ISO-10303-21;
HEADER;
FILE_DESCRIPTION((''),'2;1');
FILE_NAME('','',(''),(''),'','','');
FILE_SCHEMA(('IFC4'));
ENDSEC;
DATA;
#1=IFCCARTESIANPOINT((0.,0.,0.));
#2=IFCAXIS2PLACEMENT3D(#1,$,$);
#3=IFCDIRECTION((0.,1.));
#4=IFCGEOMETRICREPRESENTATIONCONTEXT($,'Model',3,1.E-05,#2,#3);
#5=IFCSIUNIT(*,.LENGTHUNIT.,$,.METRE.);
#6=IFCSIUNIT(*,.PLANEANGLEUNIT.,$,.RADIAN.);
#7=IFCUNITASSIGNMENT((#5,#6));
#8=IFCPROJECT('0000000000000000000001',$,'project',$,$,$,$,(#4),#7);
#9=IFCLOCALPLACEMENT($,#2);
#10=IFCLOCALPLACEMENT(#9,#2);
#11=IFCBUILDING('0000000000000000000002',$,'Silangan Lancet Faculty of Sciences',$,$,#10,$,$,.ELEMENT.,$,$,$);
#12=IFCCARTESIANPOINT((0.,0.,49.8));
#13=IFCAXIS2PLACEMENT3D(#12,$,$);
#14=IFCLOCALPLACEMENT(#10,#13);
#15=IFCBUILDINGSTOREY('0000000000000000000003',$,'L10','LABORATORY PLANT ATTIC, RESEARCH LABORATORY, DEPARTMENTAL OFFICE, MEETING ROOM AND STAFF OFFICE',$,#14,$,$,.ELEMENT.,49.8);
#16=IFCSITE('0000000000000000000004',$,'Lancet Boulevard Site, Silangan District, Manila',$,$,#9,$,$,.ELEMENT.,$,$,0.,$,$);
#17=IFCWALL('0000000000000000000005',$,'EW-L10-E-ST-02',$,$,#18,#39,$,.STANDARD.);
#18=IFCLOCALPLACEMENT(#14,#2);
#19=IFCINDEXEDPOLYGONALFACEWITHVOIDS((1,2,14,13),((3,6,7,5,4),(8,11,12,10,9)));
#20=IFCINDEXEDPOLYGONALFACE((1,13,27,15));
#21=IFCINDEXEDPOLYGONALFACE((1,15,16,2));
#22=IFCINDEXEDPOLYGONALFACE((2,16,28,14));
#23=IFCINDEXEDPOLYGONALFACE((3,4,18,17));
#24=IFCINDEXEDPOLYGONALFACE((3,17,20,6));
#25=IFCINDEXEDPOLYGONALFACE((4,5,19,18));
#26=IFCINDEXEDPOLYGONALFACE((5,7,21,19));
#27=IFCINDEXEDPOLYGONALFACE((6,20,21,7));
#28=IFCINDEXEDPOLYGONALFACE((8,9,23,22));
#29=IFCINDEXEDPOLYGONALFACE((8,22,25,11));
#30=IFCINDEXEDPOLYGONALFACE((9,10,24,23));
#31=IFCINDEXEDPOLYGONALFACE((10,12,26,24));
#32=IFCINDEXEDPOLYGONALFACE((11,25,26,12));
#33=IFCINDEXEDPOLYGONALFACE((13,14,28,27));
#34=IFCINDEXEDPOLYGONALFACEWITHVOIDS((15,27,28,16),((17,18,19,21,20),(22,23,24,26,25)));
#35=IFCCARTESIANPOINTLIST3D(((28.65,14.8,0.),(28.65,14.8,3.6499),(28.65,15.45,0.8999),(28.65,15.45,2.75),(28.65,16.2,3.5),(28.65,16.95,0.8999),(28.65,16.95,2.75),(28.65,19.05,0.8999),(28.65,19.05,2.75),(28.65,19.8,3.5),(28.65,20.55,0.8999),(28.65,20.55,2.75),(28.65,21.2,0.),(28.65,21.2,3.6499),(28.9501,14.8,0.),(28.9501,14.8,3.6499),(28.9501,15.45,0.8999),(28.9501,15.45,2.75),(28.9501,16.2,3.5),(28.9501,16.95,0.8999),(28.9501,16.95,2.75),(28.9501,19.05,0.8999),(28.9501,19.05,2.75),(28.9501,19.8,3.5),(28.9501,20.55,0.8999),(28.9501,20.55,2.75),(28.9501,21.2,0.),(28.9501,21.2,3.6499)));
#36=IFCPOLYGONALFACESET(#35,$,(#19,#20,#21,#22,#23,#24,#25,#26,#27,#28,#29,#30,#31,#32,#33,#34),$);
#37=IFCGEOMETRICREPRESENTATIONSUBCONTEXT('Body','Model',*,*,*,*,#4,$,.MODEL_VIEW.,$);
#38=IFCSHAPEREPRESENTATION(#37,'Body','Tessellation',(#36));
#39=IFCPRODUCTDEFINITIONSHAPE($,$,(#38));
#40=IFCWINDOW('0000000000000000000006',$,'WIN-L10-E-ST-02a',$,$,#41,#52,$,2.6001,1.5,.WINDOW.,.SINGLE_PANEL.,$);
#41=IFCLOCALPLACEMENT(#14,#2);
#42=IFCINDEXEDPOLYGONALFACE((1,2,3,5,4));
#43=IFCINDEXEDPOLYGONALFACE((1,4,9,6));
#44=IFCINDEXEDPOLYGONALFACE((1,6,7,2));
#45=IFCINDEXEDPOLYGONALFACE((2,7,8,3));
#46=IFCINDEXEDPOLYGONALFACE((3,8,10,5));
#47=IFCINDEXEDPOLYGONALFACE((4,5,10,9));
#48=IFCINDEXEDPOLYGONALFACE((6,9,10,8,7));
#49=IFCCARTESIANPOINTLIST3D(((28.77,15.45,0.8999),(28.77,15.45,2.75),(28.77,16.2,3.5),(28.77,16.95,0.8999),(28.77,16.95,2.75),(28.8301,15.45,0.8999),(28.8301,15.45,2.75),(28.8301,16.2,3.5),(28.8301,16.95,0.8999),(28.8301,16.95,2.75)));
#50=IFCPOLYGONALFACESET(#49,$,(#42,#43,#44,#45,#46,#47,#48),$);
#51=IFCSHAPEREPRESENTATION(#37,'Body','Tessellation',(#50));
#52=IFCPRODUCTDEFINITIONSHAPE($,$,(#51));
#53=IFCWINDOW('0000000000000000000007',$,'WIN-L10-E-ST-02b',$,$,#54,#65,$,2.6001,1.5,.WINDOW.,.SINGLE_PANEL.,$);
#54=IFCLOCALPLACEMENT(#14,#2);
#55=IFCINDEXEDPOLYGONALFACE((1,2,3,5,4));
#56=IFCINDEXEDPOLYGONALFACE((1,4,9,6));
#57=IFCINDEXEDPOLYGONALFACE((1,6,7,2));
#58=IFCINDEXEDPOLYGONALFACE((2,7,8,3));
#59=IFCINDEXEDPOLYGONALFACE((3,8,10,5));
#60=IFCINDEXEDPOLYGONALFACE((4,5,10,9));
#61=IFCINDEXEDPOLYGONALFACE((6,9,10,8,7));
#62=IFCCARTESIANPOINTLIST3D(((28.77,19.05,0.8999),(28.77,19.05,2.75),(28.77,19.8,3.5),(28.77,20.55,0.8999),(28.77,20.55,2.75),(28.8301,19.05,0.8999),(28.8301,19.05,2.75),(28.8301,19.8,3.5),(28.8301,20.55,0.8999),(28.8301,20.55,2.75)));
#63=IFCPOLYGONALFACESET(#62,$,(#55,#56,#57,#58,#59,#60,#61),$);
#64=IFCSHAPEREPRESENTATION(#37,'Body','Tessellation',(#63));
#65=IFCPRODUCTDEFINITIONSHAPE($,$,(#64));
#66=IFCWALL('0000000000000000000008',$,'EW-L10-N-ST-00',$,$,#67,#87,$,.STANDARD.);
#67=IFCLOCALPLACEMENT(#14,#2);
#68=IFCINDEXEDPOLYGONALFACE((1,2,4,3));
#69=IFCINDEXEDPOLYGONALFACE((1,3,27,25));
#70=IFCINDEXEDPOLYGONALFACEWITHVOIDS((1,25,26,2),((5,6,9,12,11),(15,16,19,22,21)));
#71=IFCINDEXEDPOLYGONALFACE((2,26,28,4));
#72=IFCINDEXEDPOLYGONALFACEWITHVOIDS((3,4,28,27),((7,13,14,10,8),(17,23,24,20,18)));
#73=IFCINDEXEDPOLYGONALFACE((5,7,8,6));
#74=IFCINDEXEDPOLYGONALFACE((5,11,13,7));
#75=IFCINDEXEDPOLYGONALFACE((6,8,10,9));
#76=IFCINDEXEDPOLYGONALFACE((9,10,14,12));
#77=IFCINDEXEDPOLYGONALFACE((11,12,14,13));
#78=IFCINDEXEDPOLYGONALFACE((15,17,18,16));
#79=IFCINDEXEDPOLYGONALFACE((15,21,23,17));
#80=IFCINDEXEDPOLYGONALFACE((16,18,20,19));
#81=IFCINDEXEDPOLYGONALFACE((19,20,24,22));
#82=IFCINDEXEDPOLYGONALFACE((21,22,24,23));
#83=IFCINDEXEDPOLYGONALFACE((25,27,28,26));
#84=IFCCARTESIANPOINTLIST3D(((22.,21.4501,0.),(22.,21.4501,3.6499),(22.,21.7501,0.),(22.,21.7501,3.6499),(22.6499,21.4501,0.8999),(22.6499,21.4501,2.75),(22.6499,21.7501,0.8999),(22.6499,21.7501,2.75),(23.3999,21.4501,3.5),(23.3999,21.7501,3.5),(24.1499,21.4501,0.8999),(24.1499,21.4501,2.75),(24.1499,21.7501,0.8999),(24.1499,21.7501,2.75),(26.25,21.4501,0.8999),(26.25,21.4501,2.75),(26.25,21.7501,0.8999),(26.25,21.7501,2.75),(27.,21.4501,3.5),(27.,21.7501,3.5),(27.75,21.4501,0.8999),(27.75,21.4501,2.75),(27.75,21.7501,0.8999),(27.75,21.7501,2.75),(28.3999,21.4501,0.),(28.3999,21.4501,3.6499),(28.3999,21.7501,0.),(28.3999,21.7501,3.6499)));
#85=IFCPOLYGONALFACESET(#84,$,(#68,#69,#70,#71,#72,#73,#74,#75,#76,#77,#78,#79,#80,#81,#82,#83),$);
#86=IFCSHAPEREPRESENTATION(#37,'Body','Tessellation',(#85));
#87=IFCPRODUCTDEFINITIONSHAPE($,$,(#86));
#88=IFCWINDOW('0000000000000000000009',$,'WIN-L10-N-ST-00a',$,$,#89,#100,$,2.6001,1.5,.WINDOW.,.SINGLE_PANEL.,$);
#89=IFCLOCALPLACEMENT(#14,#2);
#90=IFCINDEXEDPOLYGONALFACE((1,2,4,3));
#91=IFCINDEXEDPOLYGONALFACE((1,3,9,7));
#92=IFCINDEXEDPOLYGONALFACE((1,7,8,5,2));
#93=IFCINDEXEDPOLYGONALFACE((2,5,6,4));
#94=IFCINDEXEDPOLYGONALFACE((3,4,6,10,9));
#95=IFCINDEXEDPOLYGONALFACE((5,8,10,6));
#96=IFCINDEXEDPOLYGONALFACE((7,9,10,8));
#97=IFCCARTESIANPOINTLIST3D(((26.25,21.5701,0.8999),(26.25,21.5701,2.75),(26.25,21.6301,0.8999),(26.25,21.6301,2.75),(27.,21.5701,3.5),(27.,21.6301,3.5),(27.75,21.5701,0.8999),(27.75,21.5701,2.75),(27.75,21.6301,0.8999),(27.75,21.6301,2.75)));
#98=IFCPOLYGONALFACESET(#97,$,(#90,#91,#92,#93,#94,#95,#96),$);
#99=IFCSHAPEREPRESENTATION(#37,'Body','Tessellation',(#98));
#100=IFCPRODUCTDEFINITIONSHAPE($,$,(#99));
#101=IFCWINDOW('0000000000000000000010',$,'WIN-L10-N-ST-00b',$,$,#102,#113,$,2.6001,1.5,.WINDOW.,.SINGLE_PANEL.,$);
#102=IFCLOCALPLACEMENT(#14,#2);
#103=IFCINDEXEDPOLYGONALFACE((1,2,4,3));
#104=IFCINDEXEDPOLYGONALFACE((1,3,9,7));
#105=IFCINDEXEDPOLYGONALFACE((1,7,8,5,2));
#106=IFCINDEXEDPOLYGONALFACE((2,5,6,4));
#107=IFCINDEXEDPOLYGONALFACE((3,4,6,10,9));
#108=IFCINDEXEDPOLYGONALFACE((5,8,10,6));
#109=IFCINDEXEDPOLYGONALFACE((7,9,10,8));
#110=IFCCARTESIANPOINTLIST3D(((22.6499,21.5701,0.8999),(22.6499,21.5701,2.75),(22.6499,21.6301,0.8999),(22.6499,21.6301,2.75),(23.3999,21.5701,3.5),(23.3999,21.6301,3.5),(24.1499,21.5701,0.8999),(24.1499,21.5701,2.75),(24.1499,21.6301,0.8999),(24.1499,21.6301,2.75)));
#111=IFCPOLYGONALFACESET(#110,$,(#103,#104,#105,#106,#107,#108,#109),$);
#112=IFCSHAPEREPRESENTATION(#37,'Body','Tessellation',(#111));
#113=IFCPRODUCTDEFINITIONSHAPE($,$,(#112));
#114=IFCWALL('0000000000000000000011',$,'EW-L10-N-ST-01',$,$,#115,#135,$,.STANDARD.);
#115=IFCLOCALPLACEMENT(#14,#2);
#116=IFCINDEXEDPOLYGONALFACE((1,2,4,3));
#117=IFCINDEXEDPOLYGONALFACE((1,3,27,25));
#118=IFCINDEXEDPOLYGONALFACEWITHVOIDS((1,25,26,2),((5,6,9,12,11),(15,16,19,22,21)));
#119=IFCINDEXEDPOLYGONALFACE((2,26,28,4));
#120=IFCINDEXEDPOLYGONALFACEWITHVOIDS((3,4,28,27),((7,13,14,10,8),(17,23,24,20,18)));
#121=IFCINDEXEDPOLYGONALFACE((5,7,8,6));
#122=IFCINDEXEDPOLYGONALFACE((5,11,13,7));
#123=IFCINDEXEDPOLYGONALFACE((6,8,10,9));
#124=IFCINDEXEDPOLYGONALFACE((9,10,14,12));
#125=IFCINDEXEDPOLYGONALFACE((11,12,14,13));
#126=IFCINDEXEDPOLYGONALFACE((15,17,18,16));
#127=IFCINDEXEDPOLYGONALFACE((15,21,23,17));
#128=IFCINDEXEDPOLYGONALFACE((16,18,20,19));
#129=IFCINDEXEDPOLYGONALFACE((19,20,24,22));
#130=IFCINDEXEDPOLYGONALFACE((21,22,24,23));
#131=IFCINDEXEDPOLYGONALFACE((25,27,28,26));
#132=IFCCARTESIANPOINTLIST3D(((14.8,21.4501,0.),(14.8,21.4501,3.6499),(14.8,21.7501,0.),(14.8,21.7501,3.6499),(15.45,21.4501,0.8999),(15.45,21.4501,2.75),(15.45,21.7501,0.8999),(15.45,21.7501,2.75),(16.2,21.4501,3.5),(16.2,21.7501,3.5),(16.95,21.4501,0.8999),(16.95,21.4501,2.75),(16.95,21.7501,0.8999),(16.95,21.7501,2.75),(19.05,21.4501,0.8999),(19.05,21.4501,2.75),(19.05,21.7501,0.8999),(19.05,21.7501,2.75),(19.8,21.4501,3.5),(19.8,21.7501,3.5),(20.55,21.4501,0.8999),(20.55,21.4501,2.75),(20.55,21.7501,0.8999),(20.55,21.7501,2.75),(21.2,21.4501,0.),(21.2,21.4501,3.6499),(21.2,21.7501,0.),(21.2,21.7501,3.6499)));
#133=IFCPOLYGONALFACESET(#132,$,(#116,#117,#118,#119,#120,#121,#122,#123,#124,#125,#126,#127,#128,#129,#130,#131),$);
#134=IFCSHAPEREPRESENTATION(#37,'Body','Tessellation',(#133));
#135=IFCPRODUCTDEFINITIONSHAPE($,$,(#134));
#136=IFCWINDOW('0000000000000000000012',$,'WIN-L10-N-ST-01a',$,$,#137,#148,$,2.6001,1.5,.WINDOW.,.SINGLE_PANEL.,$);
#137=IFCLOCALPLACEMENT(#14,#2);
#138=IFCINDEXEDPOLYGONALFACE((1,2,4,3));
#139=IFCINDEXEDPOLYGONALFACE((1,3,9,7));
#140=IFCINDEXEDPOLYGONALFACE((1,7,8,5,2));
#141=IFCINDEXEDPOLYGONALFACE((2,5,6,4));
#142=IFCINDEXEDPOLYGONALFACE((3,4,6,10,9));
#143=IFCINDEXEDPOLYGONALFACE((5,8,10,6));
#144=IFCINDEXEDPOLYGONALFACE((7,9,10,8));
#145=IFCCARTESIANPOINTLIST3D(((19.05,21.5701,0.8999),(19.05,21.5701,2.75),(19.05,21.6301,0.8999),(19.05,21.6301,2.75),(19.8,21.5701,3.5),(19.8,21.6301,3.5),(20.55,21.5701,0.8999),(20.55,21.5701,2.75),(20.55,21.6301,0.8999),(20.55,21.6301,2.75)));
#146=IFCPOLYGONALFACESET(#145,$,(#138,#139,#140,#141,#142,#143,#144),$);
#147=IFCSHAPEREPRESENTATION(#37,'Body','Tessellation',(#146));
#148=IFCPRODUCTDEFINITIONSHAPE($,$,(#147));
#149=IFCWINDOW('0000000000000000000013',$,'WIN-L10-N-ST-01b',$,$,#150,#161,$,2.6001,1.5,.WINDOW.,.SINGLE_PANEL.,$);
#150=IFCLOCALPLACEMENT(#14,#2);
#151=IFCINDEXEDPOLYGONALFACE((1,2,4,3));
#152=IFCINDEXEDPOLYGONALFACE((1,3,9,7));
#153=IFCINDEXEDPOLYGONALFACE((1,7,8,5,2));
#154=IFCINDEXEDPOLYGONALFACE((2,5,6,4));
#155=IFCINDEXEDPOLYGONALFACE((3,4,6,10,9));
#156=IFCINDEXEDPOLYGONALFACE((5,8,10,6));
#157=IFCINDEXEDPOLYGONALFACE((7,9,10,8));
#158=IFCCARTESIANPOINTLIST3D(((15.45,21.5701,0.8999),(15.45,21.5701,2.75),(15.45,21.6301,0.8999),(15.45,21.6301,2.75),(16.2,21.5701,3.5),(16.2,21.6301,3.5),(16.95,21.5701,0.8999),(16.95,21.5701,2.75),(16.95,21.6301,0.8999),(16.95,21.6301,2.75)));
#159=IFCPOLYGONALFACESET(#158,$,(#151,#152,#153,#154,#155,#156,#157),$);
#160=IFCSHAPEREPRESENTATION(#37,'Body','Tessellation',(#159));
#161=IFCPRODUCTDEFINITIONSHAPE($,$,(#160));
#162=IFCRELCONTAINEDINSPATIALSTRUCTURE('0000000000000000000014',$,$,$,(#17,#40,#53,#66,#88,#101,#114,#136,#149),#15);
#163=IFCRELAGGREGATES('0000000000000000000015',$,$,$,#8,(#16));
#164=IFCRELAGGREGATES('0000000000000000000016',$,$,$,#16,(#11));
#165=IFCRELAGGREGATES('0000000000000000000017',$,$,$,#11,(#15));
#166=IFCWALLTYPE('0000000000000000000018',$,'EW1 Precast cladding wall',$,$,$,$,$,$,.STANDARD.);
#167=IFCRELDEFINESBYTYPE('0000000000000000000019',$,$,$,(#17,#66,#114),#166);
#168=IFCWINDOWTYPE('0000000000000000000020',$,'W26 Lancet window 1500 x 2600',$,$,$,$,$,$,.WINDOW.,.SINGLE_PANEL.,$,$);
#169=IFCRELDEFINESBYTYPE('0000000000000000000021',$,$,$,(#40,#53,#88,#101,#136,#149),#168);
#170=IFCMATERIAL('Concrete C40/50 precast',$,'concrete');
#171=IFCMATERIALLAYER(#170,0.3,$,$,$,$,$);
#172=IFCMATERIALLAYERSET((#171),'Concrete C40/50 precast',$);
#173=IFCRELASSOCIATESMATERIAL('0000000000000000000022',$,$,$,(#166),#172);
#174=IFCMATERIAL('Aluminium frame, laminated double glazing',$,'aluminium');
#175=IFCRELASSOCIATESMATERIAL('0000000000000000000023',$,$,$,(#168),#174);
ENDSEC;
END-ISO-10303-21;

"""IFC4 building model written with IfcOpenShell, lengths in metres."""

from ifc_helpers import new_model, si_unit, direction, frame, frame_2d, origin, place, context, subcontext, project, spatial, polyline, rectangle, outline, extrude, material, layer, layer_set, type_object, element, fill, save


model = new_model("IFC4")

# Units and contexts
model_context = context("Model", 3, precision=1e-05, world=origin(), true_north=direction((0.0, 1.0)))
body_context = subcontext(model_context, "Body", "Model", "MODEL_VIEW")
ifc_project = project(units=[si_unit("LENGTHUNIT", "METRE"), si_unit("PLANEANGLEUNIT", "RADIAN")], contexts=[model_context])

# Site, building, storey
site_placement = place(None, origin())
site = spatial("IfcSite", under=ifc_project, at=site_placement, Name="Lancet Boulevard Site, Silangan District, Manila", CompositionType="ELEMENT", RefElevation=0.0)
building_placement = place(site_placement, origin())
building = spatial("IfcBuilding", under=site, at=building_placement, Name="Silangan Lancet Faculty of Sciences", CompositionType="ELEMENT")
storey_placement = place(building_placement, frame((0.0, 0.0, 49.8)))
storey = spatial("IfcBuildingStorey", under=building, at=storey_placement, Name="L10", Description="LABORATORY PLANT ATTIC, RESEARCH LABORATORY, DEPARTMENTAL OFFICE, MEETING ROOM AND STAFF OFFICE", CompositionType="ELEMENT", Elevation=49.8)

# Walls, openings, windows
ifc_material_1 = material(Name="Concrete C40/50 precast", Category="concrete")
ifc_layer_1 = layer(ifc_material_1, 0.3)
ifc_layer_set_1 = layer_set([ifc_layer_1], Name="Concrete C40/50 precast")
wall_type_1 = type_object("IfcWallType", Name="EW1 Precast cladding wall", PredefinedType="STANDARD", material=ifc_layer_set_1)
wall_1_placement = place(storey_placement, frame((28.8, 14.8, 0.0), z_axis=(0.0, 0.0, 1.0), x_axis=(0.0, 1.0, 0.0)))
wall_1 = element("IfcWall", 1, at=wall_1_placement, inside=storey, type_object=wall_type_1, Name="EW-L10-E-ST-02", PredefinedType="STANDARD", context=body_context, shape_type="SweptSolid", body=[
    extrude(rectangle(XDim=6.3999, YDim=0.3, at=frame_2d((3.2, 0.0))), origin(), (0.0, 0.0, 1.0), 3.6499),
])
opening_1_placement = place(wall_1_placement, frame((0.6499, 0.0, 0.8999)))
opening_1 = element("IfcOpeningElement", 2, at=opening_1_placement, cuts=wall_1, PredefinedType="OPENING", context=body_context, shape_type="SweptSolid", body=[
    extrude(outline(polyline([(0.0, 0.0), (1.5, 0.0), (1.5, 1.8501), (0.75, 2.6001), (0.0, 1.8501), (0.0, 0.0)])), frame((0.0, 0.1599, 0.0), z_axis=(0.0, -1.0, 0.0), x_axis=(1.0, 0.0, 0.0)), (0.0, 0.0, 1.0), 0.3201),
])
opening_2_placement = place(wall_1_placement, frame((4.25, 0.0, 0.8999)))
opening_2 = element("IfcOpeningElement", 3, at=opening_2_placement, cuts=wall_1, PredefinedType="OPENING", context=body_context, shape_type="SweptSolid", body=[
    extrude(outline(polyline([(0.0, 0.0), (1.5, 0.0), (1.5, 1.8501), (0.75, 2.6001), (0.0, 1.8501), (0.0, 0.0)])), frame((0.0, 0.1599, 0.0), z_axis=(0.0, -1.0, 0.0), x_axis=(1.0, 0.0, 0.0)), (0.0, 0.0, 1.0), 0.3201),
])
ifc_material_2 = material(Name="Aluminium frame, laminated double glazing", Category="aluminium")
window_type = type_object("IfcWindowType", Name="W26 Lancet window 1500 x 2600", PartitioningType="SINGLE_PANEL", PredefinedType="WINDOW", material=ifc_material_2)
window_1_placement = place(opening_1_placement, origin())
window_1 = element("IfcWindow", 4, at=window_1_placement, inside=storey, type_object=window_type, Name="WIN-L10-E-ST-02a", OverallHeight=2.6001, OverallWidth=1.5, PartitioningType="SINGLE_PANEL", PredefinedType="WINDOW", context=body_context, shape_type="SweptSolid", body=[
    extrude(outline(polyline([(0.0, 0.0), (1.5, 0.0), (1.5, 1.8501), (0.75, 2.6001), (0.0, 1.8501), (0.0, 0.0)])), frame((0.0, 0.03, 0.0), z_axis=(0.0, -1.0, 0.0), x_axis=(1.0, 0.0, 0.0)), (0.0, 0.0, 1.0), 0.0601),
])
fill(opening_1, window_1)
window_2_placement = place(opening_2_placement, origin())
window_2 = element("IfcWindow", 5, at=window_2_placement, inside=storey, type_object=window_type, Name="WIN-L10-E-ST-02b", OverallHeight=2.6001, OverallWidth=1.5, PartitioningType="SINGLE_PANEL", PredefinedType="WINDOW", context=body_context, shape_type="SweptSolid", body=[
    extrude(outline(polyline([(0.0, 0.0), (1.5, 0.0), (1.5, 1.8501), (0.75, 2.6001), (0.0, 1.8501), (0.0, 0.0)])), frame((0.0, 0.03, 0.0), z_axis=(0.0, -1.0, 0.0), x_axis=(1.0, 0.0, 0.0)), (0.0, 0.0, 1.0), 0.0601),
])
fill(opening_2, window_2)
wall_2_placement = place(storey_placement, frame((28.3999, 21.6001, 0.0), z_axis=(0.0, 0.0, 1.0), x_axis=(-1.0, 0.0, 0.0)))
wall_2 = element("IfcWall", 6, at=wall_2_placement, inside=storey, type_object=wall_type_1, Name="EW-L10-N-ST-00", PredefinedType="STANDARD", context=body_context, shape_type="SweptSolid", body=[
    extrude(rectangle(XDim=6.3999, YDim=0.3, at=frame_2d((3.2, 0.0))), origin(), (0.0, 0.0, 1.0), 3.6499),
])
opening_3_placement = place(wall_2_placement, frame((0.6499, 0.0, 0.8999)))
opening_3 = element("IfcOpeningElement", 7, at=opening_3_placement, cuts=wall_2, PredefinedType="OPENING", context=body_context, shape_type="SweptSolid", body=[
    extrude(outline(polyline([(0.0, 0.0), (1.5, 0.0), (1.5, 1.8501), (0.75, 2.6001), (0.0, 1.8501), (0.0, 0.0)])), frame((0.0, 0.1599, 0.0), z_axis=(0.0, -1.0, 0.0), x_axis=(1.0, 0.0, 0.0)), (0.0, 0.0, 1.0), 0.3201),
])
opening_4_placement = place(wall_2_placement, frame((4.25, 0.0, 0.8999)))
opening_4 = element("IfcOpeningElement", 8, at=opening_4_placement, cuts=wall_2, PredefinedType="OPENING", context=body_context, shape_type="SweptSolid", body=[
    extrude(outline(polyline([(0.0, 0.0), (1.5, 0.0), (1.5, 1.8501), (0.75, 2.6001), (0.0, 1.8501), (0.0, 0.0)])), frame((0.0, 0.1599, 0.0), z_axis=(0.0, -1.0, 0.0), x_axis=(1.0, 0.0, 0.0)), (0.0, 0.0, 1.0), 0.3201),
])
window_3_placement = place(opening_3_placement, origin())
window_3 = element("IfcWindow", 9, at=window_3_placement, inside=storey, type_object=window_type, Name="WIN-L10-N-ST-00a", OverallHeight=2.6001, OverallWidth=1.5, PartitioningType="SINGLE_PANEL", PredefinedType="WINDOW", context=body_context, shape_type="SweptSolid", body=[
    extrude(outline(polyline([(0.0, 0.0), (1.5, 0.0), (1.5, 1.8501), (0.75, 2.6001), (0.0, 1.8501), (0.0, 0.0)])), frame((0.0, 0.03, 0.0), z_axis=(0.0, -1.0, 0.0), x_axis=(1.0, 0.0, 0.0)), (0.0, 0.0, 1.0), 0.0601),
])
fill(opening_3, window_3)
window_4_placement = place(opening_4_placement, origin())
window_4 = element("IfcWindow", 10, at=window_4_placement, inside=storey, type_object=window_type, Name="WIN-L10-N-ST-00b", OverallHeight=2.6001, OverallWidth=1.5, PartitioningType="SINGLE_PANEL", PredefinedType="WINDOW", context=body_context, shape_type="SweptSolid", body=[
    extrude(outline(polyline([(0.0, 0.0), (1.5, 0.0), (1.5, 1.8501), (0.75, 2.6001), (0.0, 1.8501), (0.0, 0.0)])), frame((0.0, 0.03, 0.0), z_axis=(0.0, -1.0, 0.0), x_axis=(1.0, 0.0, 0.0)), (0.0, 0.0, 1.0), 0.0601),
])
fill(opening_4, window_4)
wall_3_placement = place(storey_placement, frame((21.2, 21.6001, 0.0), z_axis=(0.0, 0.0, 1.0), x_axis=(-1.0, 0.0, 0.0)))
wall_3 = element("IfcWall", 11, at=wall_3_placement, inside=storey, type_object=wall_type_1, Name="EW-L10-N-ST-01", PredefinedType="STANDARD", context=body_context, shape_type="SweptSolid", body=[
    extrude(rectangle(XDim=6.3999, YDim=0.3, at=frame_2d((3.2, 0.0))), origin(), (0.0, 0.0, 1.0), 3.6499),
])
opening_5_placement = place(wall_3_placement, frame((0.6499, 0.0, 0.8999)))
opening_5 = element("IfcOpeningElement", 12, at=opening_5_placement, cuts=wall_3, PredefinedType="OPENING", context=body_context, shape_type="SweptSolid", body=[
    extrude(outline(polyline([(0.0, 0.0), (1.5, 0.0), (1.5, 1.8501), (0.75, 2.6001), (0.0, 1.8501), (0.0, 0.0)])), frame((0.0, 0.1599, 0.0), z_axis=(0.0, -1.0, 0.0), x_axis=(1.0, 0.0, 0.0)), (0.0, 0.0, 1.0), 0.3201),
])
opening_6_placement = place(wall_3_placement, frame((4.25, 0.0, 0.8999)))
opening_6 = element("IfcOpeningElement", 13, at=opening_6_placement, cuts=wall_3, PredefinedType="OPENING", context=body_context, shape_type="SweptSolid", body=[
    extrude(outline(polyline([(0.0, 0.0), (1.5, 0.0), (1.5, 1.8501), (0.75, 2.6001), (0.0, 1.8501), (0.0, 0.0)])), frame((0.0, 0.1599, 0.0), z_axis=(0.0, -1.0, 0.0), x_axis=(1.0, 0.0, 0.0)), (0.0, 0.0, 1.0), 0.3201),
])
window_5_placement = place(opening_5_placement, origin())
window_5 = element("IfcWindow", 14, at=window_5_placement, inside=storey, type_object=window_type, Name="WIN-L10-N-ST-01a", OverallHeight=2.6001, OverallWidth=1.5, PartitioningType="SINGLE_PANEL", PredefinedType="WINDOW", context=body_context, shape_type="SweptSolid", body=[
    extrude(outline(polyline([(0.0, 0.0), (1.5, 0.0), (1.5, 1.8501), (0.75, 2.6001), (0.0, 1.8501), (0.0, 0.0)])), frame((0.0, 0.03, 0.0), z_axis=(0.0, -1.0, 0.0), x_axis=(1.0, 0.0, 0.0)), (0.0, 0.0, 1.0), 0.0601),
])
fill(opening_5, window_5)
window_6_placement = place(opening_6_placement, origin())
window_6 = element("IfcWindow", 15, at=window_6_placement, inside=storey, type_object=window_type, Name="WIN-L10-N-ST-01b", OverallHeight=2.6001, OverallWidth=1.5, PartitioningType="SINGLE_PANEL", PredefinedType="WINDOW", context=body_context, shape_type="SweptSolid", body=[
    extrude(outline(polyline([(0.0, 0.0), (1.5, 0.0), (1.5, 1.8501), (0.75, 2.6001), (0.0, 1.8501), (0.0, 0.0)])), frame((0.0, 0.03, 0.0), z_axis=(0.0, -1.0, 0.0), x_axis=(1.0, 0.0, 0.0)), (0.0, 0.0, 1.0), 0.0601),
])
fill(opening_6, window_6)

save(model, "model.ifc")
